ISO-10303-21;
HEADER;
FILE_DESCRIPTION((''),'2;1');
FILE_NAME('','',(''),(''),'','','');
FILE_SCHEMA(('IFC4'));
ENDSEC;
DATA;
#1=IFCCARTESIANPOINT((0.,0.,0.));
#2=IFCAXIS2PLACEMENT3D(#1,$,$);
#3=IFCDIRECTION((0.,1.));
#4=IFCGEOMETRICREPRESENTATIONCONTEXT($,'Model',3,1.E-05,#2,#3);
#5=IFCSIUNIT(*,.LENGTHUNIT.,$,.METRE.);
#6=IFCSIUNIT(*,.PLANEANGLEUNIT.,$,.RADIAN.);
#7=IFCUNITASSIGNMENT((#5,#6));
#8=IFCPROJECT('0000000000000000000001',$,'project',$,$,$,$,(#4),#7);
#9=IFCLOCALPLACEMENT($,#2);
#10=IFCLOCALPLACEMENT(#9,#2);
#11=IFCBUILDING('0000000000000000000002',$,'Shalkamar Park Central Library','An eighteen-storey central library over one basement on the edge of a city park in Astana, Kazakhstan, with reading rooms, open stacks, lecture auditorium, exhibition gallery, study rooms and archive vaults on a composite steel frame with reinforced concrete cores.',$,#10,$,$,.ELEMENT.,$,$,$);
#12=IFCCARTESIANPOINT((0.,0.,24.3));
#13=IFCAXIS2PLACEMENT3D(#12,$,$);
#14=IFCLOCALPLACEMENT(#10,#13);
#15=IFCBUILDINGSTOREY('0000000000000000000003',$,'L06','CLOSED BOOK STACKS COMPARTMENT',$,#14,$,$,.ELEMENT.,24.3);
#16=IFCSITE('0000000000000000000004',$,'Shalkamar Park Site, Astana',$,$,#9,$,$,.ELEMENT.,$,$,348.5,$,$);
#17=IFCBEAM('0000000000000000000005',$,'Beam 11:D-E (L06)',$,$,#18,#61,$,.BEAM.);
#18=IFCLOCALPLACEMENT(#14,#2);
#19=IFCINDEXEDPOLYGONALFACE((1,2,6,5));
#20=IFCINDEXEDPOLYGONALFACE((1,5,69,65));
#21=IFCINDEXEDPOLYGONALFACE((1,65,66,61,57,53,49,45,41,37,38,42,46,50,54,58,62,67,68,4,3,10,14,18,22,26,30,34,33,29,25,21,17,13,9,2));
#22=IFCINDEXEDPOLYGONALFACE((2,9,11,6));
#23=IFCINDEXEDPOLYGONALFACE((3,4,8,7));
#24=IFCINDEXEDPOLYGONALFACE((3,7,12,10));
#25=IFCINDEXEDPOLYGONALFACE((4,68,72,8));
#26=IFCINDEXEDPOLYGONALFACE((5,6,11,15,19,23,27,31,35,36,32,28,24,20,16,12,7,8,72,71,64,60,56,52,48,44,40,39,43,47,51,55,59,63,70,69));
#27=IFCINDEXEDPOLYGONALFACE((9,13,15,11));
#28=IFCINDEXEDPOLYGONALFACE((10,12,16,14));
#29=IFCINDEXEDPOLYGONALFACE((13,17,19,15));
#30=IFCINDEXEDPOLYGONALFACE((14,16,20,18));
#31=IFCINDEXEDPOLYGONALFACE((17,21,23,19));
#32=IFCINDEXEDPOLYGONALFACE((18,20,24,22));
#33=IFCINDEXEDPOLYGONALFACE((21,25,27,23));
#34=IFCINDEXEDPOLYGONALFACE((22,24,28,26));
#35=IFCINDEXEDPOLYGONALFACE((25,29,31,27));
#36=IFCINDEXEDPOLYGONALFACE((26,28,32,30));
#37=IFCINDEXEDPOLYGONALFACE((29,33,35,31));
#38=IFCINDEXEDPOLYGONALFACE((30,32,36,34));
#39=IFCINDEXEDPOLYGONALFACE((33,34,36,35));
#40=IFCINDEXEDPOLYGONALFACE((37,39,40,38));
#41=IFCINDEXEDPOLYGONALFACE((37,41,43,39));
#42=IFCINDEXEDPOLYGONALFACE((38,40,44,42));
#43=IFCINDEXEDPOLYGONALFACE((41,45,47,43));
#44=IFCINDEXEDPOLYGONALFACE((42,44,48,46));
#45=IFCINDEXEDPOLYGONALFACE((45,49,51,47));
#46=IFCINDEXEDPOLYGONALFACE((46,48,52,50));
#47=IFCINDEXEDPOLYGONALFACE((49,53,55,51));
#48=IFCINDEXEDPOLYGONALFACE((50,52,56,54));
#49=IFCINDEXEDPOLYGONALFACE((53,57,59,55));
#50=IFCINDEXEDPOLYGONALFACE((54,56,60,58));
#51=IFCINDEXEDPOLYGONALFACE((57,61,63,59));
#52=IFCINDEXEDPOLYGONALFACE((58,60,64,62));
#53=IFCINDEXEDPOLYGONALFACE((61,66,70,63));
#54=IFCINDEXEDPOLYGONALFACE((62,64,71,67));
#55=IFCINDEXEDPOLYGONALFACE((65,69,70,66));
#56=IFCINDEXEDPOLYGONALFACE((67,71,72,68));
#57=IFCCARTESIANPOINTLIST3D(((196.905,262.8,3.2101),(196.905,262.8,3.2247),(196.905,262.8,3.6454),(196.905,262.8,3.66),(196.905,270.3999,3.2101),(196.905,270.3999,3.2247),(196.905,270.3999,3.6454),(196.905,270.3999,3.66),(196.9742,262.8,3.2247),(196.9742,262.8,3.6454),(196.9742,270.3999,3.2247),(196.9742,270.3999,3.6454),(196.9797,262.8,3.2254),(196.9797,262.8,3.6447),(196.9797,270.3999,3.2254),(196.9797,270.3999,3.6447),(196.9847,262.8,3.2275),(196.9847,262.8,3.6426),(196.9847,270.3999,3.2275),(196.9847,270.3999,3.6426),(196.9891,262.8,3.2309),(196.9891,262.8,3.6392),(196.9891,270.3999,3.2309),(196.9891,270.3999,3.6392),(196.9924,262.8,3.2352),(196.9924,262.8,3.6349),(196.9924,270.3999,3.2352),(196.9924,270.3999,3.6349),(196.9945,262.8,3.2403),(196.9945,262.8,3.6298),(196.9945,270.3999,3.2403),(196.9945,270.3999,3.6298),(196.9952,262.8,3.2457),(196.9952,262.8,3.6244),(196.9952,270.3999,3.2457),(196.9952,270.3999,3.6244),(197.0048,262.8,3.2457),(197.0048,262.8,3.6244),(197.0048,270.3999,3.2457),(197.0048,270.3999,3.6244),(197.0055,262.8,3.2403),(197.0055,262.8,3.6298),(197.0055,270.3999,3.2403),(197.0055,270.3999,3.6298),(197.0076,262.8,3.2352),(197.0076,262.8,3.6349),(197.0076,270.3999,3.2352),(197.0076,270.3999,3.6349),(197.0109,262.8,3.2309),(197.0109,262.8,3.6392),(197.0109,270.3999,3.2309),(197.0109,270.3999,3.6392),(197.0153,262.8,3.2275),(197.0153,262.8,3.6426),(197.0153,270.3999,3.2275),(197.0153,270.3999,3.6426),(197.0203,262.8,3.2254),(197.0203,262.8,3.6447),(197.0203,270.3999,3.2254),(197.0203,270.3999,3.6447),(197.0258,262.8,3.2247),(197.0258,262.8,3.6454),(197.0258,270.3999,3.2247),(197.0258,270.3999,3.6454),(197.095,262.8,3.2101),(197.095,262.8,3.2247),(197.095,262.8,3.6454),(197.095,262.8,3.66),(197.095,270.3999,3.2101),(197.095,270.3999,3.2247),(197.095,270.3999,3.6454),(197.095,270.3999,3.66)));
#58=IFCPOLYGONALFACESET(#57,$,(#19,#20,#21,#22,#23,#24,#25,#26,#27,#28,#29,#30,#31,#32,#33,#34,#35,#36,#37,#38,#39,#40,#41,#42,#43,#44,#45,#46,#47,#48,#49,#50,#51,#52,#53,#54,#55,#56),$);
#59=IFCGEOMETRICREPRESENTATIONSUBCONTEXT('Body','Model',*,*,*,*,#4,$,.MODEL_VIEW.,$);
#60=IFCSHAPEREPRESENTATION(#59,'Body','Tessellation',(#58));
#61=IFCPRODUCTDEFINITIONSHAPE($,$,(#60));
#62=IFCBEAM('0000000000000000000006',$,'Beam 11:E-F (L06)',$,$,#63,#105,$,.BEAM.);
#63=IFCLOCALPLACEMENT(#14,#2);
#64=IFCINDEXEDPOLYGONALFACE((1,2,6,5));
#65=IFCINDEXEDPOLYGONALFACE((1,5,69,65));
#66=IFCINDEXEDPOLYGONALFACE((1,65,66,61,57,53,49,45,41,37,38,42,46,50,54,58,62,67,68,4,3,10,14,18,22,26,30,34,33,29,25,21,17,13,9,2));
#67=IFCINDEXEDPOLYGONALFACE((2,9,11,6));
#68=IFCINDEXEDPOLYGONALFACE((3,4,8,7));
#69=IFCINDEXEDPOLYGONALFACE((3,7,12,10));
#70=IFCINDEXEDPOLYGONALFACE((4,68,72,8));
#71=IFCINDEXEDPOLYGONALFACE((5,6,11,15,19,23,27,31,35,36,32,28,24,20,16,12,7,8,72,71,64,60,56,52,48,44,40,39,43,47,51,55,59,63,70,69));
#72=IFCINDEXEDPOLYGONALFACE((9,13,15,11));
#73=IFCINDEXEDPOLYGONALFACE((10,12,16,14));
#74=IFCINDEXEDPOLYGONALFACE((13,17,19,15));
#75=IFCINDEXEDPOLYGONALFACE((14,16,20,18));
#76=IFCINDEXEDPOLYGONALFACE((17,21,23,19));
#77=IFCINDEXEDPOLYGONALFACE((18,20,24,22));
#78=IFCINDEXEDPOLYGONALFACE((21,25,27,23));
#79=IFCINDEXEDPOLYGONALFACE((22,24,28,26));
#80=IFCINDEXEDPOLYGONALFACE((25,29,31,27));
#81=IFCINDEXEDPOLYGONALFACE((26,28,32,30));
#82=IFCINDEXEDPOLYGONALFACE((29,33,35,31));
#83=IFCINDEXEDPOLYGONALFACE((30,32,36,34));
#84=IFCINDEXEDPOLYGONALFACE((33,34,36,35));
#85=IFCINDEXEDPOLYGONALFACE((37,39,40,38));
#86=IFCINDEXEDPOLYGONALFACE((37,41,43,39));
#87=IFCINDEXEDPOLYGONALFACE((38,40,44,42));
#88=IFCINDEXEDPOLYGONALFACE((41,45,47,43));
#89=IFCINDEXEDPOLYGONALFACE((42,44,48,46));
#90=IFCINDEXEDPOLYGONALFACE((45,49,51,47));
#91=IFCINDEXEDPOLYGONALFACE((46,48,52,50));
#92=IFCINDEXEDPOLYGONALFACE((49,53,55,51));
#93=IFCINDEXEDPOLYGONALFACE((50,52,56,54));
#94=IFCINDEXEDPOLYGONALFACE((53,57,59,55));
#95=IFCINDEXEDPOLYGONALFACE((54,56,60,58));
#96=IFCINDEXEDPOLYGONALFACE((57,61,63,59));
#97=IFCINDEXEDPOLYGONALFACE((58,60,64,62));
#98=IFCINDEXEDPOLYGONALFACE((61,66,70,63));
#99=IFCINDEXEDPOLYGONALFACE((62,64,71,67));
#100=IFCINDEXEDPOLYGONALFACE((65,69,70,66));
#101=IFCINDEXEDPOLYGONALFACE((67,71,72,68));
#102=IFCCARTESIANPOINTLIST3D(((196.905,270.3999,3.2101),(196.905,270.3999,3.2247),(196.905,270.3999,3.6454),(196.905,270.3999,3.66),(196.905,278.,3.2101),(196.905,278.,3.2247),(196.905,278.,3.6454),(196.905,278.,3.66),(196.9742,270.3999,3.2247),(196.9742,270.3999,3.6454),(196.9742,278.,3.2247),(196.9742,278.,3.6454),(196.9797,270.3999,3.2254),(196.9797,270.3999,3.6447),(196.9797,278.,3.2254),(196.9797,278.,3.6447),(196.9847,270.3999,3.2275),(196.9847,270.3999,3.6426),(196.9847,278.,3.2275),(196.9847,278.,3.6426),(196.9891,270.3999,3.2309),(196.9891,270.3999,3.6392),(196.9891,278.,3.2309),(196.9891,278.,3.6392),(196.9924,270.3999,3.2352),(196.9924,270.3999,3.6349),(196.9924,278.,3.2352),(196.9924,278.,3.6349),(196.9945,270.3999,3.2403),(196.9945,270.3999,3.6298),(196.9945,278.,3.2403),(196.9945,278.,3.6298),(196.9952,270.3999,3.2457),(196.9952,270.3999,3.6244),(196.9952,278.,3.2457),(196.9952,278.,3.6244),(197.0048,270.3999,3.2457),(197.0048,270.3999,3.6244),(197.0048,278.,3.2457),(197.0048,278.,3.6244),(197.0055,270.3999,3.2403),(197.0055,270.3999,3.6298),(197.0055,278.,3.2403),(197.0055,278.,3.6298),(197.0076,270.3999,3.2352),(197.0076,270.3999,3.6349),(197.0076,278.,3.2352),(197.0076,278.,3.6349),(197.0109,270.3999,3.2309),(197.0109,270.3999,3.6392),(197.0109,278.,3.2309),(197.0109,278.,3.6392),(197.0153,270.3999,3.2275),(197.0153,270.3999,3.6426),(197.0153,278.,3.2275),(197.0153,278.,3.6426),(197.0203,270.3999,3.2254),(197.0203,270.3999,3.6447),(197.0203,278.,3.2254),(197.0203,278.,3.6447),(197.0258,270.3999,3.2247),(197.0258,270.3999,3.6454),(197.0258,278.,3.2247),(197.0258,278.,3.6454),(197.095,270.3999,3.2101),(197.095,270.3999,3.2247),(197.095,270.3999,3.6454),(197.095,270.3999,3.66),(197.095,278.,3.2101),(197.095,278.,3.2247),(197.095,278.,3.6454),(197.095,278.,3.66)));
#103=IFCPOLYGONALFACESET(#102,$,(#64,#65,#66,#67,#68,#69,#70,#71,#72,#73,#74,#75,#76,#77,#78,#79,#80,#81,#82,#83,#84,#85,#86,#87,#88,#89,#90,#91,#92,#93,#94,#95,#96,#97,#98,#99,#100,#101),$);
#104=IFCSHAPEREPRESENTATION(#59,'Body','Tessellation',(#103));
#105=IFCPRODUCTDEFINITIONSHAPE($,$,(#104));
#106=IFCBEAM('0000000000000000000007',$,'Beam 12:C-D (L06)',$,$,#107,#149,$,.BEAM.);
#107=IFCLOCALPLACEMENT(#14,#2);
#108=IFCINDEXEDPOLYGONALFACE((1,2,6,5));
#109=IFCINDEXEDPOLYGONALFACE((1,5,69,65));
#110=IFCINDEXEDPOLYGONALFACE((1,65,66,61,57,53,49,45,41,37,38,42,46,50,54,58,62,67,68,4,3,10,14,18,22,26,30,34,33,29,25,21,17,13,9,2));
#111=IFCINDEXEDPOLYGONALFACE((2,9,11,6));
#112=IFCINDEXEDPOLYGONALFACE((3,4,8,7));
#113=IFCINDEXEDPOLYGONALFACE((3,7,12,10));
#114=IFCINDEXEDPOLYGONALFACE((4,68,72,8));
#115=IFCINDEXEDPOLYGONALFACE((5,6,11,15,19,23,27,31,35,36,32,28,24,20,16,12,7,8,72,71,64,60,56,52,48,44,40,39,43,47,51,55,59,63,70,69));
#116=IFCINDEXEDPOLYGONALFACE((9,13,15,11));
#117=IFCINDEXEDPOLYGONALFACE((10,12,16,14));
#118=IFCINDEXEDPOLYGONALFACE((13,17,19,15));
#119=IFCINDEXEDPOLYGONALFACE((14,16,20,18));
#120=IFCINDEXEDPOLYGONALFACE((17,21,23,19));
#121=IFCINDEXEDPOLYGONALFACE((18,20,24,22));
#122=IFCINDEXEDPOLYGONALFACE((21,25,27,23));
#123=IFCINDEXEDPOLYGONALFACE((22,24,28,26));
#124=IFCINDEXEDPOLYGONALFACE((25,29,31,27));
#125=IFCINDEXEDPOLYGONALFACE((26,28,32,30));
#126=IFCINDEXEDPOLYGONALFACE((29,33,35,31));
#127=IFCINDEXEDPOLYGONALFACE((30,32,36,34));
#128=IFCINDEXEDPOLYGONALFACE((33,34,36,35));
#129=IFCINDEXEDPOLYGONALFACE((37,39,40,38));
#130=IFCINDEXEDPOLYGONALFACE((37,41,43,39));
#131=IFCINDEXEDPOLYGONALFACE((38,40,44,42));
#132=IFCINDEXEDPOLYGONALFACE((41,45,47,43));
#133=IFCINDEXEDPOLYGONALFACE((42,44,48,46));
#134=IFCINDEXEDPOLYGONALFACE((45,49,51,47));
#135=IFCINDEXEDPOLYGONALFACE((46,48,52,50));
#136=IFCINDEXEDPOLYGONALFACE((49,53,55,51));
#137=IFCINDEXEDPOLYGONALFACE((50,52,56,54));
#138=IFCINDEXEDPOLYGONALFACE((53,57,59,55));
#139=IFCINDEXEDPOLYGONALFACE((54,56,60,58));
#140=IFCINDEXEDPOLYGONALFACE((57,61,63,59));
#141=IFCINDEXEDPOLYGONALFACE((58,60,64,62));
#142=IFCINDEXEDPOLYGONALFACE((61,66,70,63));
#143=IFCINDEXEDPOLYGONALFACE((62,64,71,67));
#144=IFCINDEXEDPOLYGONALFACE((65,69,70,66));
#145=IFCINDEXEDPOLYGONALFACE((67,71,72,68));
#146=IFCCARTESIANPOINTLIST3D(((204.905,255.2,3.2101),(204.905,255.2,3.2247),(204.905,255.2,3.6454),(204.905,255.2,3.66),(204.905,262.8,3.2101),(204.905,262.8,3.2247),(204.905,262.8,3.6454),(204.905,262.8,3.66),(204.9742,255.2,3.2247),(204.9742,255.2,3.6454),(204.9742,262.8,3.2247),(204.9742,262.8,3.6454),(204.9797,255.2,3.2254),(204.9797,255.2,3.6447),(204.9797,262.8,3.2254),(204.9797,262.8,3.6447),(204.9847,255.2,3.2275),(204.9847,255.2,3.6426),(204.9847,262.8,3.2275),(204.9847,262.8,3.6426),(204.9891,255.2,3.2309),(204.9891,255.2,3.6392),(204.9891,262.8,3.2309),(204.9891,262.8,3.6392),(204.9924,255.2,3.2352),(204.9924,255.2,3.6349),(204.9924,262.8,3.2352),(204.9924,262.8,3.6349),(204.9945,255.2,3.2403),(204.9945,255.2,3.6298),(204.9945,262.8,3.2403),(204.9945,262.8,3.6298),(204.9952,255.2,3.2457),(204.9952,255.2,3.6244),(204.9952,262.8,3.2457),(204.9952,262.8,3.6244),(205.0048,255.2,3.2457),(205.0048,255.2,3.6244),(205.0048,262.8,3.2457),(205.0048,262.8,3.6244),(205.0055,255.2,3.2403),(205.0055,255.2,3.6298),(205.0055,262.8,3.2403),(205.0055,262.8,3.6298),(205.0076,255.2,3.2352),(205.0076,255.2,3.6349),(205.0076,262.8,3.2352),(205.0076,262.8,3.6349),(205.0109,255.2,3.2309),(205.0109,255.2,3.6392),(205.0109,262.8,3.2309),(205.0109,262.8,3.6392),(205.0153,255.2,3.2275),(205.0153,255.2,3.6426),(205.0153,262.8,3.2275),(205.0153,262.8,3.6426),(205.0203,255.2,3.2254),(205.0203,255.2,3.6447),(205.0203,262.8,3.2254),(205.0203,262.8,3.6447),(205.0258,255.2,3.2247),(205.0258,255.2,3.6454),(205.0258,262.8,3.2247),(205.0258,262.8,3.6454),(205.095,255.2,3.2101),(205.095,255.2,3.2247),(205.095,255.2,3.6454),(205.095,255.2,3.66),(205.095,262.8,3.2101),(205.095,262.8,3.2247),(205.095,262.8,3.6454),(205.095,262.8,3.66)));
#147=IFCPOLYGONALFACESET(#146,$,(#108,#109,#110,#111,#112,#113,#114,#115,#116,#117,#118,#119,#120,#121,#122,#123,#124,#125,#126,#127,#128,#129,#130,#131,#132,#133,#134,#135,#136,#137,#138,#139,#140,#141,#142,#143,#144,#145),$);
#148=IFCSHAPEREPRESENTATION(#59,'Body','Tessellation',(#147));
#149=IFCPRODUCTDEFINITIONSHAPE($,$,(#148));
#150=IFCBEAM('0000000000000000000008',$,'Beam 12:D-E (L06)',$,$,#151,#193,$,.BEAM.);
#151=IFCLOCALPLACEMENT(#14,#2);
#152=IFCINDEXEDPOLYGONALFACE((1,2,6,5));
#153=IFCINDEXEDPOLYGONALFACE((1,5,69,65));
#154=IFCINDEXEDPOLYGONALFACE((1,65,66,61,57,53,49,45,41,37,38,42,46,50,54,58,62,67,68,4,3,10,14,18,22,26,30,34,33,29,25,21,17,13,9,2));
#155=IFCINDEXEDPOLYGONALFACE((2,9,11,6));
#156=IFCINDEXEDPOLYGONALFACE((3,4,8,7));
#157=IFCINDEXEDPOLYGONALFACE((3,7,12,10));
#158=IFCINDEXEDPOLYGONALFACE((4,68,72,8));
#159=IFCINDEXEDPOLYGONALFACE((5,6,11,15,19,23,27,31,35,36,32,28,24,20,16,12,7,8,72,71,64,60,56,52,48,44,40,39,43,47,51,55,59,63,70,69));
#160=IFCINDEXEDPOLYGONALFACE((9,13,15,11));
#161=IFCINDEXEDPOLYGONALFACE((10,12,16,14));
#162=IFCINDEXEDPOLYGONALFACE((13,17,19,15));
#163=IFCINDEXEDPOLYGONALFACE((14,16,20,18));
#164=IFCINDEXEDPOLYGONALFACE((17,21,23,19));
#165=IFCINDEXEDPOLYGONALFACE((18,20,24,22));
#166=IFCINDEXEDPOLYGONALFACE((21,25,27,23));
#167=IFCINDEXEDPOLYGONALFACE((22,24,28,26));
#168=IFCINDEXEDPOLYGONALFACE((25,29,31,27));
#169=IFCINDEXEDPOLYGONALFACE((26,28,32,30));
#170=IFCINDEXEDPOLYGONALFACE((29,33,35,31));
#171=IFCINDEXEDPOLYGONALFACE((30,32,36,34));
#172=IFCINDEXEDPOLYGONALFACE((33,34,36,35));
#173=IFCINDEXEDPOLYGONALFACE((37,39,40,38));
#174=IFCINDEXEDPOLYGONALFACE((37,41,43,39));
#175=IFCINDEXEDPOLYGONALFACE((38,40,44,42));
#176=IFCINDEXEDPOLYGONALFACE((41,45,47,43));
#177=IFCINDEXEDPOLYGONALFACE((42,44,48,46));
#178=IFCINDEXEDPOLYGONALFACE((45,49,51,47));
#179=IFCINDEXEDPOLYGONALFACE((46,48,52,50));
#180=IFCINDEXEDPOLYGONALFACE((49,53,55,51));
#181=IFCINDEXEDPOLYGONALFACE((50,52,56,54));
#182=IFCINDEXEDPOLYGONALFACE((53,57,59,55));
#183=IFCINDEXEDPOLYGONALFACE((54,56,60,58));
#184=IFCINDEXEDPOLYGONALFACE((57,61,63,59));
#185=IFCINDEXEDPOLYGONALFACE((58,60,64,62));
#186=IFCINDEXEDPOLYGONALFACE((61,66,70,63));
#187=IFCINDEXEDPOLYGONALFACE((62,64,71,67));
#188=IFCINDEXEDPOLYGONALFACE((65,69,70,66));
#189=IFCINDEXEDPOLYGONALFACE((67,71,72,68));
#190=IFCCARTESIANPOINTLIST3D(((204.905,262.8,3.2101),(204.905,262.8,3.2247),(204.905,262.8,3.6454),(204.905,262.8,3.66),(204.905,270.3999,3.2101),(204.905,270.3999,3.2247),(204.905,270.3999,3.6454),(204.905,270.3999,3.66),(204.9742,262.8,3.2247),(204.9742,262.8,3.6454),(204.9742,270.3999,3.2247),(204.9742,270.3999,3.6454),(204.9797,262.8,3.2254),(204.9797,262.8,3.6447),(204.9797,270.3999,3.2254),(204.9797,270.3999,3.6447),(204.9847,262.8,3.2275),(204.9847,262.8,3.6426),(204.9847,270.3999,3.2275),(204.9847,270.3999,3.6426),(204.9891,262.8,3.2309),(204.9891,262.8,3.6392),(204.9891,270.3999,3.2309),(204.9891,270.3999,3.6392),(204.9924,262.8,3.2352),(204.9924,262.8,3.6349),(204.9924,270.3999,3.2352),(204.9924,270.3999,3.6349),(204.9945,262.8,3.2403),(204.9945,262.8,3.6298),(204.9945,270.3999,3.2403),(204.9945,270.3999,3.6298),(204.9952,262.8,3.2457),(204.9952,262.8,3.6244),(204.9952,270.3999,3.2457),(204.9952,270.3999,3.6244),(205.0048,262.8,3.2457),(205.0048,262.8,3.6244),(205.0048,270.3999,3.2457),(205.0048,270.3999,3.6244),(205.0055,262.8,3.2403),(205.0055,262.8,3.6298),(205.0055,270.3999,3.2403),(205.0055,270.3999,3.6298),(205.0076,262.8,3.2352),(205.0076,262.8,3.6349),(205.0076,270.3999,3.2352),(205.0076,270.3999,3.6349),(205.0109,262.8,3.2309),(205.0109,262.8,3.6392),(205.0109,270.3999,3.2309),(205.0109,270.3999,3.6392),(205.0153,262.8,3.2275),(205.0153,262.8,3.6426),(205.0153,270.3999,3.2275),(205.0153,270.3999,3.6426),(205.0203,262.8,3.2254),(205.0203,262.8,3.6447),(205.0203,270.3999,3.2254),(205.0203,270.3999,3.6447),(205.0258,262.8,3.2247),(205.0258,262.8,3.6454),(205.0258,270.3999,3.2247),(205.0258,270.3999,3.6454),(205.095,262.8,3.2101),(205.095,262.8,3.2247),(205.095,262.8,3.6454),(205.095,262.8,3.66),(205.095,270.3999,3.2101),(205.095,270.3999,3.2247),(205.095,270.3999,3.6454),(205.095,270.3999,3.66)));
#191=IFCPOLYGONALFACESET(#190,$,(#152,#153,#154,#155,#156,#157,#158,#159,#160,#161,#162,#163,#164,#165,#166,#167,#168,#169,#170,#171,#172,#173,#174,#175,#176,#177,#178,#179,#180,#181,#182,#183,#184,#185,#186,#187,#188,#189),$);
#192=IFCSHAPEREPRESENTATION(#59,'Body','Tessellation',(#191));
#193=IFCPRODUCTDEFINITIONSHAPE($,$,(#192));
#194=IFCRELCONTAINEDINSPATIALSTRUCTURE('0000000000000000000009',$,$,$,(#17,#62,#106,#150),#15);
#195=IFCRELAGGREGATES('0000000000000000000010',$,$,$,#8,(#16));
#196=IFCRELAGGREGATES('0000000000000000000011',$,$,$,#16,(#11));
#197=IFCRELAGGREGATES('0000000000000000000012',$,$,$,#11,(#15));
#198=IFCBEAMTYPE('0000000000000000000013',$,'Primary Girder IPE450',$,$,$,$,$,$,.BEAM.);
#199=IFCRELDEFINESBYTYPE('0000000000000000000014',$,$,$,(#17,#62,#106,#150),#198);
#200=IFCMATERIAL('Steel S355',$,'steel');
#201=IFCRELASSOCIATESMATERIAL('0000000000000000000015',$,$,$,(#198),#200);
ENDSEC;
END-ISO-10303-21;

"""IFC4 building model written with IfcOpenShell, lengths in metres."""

from ifc_helpers import new_model, si_unit, direction, frame, origin, origin_2d, place, context, subcontext, project, spatial, i_section, extrude, material, material_profile, profile_set, type_object, element, save


model = new_model("IFC4")

# Units and contexts
model_context = context("Model", 3, precision=1e-05, world=origin(), true_north=direction((0.0, 1.0)))
body_context = subcontext(model_context, "Body", "Model", "MODEL_VIEW")
ifc_project = project(units=[si_unit("LENGTHUNIT", "METRE"), si_unit("PLANEANGLEUNIT", "RADIAN")], contexts=[model_context])

# Site, building, storey
site_placement = place(None, origin())
site = spatial("IfcSite", under=ifc_project, at=site_placement, Name="Shalkamar Park Site, Astana", CompositionType="ELEMENT", RefElevation=348.5)
building_placement = place(site_placement, origin())
building = spatial("IfcBuilding", under=site, at=building_placement, Name="Shalkamar Park Central Library", Description="An eighteen-storey central library over one basement on the edge of a city park in Astana, Kazakhstan, with reading rooms, open stacks, lecture auditorium, exhibition gallery, study rooms and archive vaults on a composite steel frame with reinforced concrete cores.", CompositionType="ELEMENT")
storey_placement = place(building_placement, frame((0.0, 0.0, 24.3)))
storey = spatial("IfcBuildingStorey", under=building, at=storey_placement, Name="L06", Description="CLOSED BOOK STACKS COMPARTMENT", CompositionType="ELEMENT", Elevation=24.3)

# Shared definitions
ifc_material_1 = material(Name="Steel S355", Category="steel")

# Beams
ifc_material_profile_1 = material_profile(ifc_material_1, i_section(OverallWidth=0.1899, OverallDepth=0.45, WebThickness=0.0095, FlangeThickness=0.0146, FilletRadius=0.021, at=origin_2d()), Name="IPE 450")
ifc_profile_set_1 = profile_set([ifc_material_profile_1], Name="Steel S355")
beam_type_1 = type_object("IfcBeamType", Name="Primary Girder IPE450", PredefinedType="BEAM", material=ifc_profile_set_1)
beam_1_placement = place(storey_placement, frame((197.0, 262.8, 3.4351), z_axis=(0.0, 1.0, 0.0), x_axis=(-1.0, 0.0, 0.0)))
element("IfcBeam", 1, at=beam_1_placement, inside=storey, type_object=beam_type_1, Name="Beam 11:D-E (L06)", PredefinedType="BEAM", context=body_context, shape_type="SweptSolid", body=[
    extrude(i_section(OverallWidth=0.1899, OverallDepth=0.45, WebThickness=0.0095, FlangeThickness=0.0146, FilletRadius=0.021, at=origin_2d()), origin(), (0.0, 0.0, 1.0), 7.5999),
])
for number, where, z_axis, x_axis, name in (
    (2, (197.0, 270.3999, 3.4351), (0.0, 1.0, 0.0), (-1.0, 0.0, 0.0), "Beam 11:E-F (L06)"),
    (3, (205.0, 255.2, 3.4351), (0.0, 1.0, 0.0), (-1.0, 0.0, 0.0), "Beam 12:C-D (L06)"),
):
    element("IfcBeam", number, at=place(storey_placement, frame(where, z_axis=z_axis, x_axis=x_axis)), inside=storey, type_object=beam_type_1, Name=name, PredefinedType="BEAM", context=body_context, shape_type="SweptSolid", body=[
        extrude(i_section(OverallWidth=0.1899, OverallDepth=0.45, WebThickness=0.0095, FlangeThickness=0.0146, FilletRadius=0.021, at=origin_2d()), origin(), (0.0, 0.0, 1.0), 7.6001),
    ])
beam_2_placement = place(storey_placement, frame((205.0, 262.8, 3.4351), z_axis=(0.0, 1.0, 0.0), x_axis=(-1.0, 0.0, 0.0)))
element("IfcBeam", 4, at=beam_2_placement, inside=storey, type_object=beam_type_1, Name="Beam 12:D-E (L06)", PredefinedType="BEAM", context=body_context, shape_type="SweptSolid", body=[
    extrude(i_section(OverallWidth=0.1899, OverallDepth=0.45, WebThickness=0.0095, FlangeThickness=0.0146, FilletRadius=0.021, at=origin_2d()), origin(), (0.0, 0.0, 1.0), 7.5999),
])

save(model, "model.ifc")
